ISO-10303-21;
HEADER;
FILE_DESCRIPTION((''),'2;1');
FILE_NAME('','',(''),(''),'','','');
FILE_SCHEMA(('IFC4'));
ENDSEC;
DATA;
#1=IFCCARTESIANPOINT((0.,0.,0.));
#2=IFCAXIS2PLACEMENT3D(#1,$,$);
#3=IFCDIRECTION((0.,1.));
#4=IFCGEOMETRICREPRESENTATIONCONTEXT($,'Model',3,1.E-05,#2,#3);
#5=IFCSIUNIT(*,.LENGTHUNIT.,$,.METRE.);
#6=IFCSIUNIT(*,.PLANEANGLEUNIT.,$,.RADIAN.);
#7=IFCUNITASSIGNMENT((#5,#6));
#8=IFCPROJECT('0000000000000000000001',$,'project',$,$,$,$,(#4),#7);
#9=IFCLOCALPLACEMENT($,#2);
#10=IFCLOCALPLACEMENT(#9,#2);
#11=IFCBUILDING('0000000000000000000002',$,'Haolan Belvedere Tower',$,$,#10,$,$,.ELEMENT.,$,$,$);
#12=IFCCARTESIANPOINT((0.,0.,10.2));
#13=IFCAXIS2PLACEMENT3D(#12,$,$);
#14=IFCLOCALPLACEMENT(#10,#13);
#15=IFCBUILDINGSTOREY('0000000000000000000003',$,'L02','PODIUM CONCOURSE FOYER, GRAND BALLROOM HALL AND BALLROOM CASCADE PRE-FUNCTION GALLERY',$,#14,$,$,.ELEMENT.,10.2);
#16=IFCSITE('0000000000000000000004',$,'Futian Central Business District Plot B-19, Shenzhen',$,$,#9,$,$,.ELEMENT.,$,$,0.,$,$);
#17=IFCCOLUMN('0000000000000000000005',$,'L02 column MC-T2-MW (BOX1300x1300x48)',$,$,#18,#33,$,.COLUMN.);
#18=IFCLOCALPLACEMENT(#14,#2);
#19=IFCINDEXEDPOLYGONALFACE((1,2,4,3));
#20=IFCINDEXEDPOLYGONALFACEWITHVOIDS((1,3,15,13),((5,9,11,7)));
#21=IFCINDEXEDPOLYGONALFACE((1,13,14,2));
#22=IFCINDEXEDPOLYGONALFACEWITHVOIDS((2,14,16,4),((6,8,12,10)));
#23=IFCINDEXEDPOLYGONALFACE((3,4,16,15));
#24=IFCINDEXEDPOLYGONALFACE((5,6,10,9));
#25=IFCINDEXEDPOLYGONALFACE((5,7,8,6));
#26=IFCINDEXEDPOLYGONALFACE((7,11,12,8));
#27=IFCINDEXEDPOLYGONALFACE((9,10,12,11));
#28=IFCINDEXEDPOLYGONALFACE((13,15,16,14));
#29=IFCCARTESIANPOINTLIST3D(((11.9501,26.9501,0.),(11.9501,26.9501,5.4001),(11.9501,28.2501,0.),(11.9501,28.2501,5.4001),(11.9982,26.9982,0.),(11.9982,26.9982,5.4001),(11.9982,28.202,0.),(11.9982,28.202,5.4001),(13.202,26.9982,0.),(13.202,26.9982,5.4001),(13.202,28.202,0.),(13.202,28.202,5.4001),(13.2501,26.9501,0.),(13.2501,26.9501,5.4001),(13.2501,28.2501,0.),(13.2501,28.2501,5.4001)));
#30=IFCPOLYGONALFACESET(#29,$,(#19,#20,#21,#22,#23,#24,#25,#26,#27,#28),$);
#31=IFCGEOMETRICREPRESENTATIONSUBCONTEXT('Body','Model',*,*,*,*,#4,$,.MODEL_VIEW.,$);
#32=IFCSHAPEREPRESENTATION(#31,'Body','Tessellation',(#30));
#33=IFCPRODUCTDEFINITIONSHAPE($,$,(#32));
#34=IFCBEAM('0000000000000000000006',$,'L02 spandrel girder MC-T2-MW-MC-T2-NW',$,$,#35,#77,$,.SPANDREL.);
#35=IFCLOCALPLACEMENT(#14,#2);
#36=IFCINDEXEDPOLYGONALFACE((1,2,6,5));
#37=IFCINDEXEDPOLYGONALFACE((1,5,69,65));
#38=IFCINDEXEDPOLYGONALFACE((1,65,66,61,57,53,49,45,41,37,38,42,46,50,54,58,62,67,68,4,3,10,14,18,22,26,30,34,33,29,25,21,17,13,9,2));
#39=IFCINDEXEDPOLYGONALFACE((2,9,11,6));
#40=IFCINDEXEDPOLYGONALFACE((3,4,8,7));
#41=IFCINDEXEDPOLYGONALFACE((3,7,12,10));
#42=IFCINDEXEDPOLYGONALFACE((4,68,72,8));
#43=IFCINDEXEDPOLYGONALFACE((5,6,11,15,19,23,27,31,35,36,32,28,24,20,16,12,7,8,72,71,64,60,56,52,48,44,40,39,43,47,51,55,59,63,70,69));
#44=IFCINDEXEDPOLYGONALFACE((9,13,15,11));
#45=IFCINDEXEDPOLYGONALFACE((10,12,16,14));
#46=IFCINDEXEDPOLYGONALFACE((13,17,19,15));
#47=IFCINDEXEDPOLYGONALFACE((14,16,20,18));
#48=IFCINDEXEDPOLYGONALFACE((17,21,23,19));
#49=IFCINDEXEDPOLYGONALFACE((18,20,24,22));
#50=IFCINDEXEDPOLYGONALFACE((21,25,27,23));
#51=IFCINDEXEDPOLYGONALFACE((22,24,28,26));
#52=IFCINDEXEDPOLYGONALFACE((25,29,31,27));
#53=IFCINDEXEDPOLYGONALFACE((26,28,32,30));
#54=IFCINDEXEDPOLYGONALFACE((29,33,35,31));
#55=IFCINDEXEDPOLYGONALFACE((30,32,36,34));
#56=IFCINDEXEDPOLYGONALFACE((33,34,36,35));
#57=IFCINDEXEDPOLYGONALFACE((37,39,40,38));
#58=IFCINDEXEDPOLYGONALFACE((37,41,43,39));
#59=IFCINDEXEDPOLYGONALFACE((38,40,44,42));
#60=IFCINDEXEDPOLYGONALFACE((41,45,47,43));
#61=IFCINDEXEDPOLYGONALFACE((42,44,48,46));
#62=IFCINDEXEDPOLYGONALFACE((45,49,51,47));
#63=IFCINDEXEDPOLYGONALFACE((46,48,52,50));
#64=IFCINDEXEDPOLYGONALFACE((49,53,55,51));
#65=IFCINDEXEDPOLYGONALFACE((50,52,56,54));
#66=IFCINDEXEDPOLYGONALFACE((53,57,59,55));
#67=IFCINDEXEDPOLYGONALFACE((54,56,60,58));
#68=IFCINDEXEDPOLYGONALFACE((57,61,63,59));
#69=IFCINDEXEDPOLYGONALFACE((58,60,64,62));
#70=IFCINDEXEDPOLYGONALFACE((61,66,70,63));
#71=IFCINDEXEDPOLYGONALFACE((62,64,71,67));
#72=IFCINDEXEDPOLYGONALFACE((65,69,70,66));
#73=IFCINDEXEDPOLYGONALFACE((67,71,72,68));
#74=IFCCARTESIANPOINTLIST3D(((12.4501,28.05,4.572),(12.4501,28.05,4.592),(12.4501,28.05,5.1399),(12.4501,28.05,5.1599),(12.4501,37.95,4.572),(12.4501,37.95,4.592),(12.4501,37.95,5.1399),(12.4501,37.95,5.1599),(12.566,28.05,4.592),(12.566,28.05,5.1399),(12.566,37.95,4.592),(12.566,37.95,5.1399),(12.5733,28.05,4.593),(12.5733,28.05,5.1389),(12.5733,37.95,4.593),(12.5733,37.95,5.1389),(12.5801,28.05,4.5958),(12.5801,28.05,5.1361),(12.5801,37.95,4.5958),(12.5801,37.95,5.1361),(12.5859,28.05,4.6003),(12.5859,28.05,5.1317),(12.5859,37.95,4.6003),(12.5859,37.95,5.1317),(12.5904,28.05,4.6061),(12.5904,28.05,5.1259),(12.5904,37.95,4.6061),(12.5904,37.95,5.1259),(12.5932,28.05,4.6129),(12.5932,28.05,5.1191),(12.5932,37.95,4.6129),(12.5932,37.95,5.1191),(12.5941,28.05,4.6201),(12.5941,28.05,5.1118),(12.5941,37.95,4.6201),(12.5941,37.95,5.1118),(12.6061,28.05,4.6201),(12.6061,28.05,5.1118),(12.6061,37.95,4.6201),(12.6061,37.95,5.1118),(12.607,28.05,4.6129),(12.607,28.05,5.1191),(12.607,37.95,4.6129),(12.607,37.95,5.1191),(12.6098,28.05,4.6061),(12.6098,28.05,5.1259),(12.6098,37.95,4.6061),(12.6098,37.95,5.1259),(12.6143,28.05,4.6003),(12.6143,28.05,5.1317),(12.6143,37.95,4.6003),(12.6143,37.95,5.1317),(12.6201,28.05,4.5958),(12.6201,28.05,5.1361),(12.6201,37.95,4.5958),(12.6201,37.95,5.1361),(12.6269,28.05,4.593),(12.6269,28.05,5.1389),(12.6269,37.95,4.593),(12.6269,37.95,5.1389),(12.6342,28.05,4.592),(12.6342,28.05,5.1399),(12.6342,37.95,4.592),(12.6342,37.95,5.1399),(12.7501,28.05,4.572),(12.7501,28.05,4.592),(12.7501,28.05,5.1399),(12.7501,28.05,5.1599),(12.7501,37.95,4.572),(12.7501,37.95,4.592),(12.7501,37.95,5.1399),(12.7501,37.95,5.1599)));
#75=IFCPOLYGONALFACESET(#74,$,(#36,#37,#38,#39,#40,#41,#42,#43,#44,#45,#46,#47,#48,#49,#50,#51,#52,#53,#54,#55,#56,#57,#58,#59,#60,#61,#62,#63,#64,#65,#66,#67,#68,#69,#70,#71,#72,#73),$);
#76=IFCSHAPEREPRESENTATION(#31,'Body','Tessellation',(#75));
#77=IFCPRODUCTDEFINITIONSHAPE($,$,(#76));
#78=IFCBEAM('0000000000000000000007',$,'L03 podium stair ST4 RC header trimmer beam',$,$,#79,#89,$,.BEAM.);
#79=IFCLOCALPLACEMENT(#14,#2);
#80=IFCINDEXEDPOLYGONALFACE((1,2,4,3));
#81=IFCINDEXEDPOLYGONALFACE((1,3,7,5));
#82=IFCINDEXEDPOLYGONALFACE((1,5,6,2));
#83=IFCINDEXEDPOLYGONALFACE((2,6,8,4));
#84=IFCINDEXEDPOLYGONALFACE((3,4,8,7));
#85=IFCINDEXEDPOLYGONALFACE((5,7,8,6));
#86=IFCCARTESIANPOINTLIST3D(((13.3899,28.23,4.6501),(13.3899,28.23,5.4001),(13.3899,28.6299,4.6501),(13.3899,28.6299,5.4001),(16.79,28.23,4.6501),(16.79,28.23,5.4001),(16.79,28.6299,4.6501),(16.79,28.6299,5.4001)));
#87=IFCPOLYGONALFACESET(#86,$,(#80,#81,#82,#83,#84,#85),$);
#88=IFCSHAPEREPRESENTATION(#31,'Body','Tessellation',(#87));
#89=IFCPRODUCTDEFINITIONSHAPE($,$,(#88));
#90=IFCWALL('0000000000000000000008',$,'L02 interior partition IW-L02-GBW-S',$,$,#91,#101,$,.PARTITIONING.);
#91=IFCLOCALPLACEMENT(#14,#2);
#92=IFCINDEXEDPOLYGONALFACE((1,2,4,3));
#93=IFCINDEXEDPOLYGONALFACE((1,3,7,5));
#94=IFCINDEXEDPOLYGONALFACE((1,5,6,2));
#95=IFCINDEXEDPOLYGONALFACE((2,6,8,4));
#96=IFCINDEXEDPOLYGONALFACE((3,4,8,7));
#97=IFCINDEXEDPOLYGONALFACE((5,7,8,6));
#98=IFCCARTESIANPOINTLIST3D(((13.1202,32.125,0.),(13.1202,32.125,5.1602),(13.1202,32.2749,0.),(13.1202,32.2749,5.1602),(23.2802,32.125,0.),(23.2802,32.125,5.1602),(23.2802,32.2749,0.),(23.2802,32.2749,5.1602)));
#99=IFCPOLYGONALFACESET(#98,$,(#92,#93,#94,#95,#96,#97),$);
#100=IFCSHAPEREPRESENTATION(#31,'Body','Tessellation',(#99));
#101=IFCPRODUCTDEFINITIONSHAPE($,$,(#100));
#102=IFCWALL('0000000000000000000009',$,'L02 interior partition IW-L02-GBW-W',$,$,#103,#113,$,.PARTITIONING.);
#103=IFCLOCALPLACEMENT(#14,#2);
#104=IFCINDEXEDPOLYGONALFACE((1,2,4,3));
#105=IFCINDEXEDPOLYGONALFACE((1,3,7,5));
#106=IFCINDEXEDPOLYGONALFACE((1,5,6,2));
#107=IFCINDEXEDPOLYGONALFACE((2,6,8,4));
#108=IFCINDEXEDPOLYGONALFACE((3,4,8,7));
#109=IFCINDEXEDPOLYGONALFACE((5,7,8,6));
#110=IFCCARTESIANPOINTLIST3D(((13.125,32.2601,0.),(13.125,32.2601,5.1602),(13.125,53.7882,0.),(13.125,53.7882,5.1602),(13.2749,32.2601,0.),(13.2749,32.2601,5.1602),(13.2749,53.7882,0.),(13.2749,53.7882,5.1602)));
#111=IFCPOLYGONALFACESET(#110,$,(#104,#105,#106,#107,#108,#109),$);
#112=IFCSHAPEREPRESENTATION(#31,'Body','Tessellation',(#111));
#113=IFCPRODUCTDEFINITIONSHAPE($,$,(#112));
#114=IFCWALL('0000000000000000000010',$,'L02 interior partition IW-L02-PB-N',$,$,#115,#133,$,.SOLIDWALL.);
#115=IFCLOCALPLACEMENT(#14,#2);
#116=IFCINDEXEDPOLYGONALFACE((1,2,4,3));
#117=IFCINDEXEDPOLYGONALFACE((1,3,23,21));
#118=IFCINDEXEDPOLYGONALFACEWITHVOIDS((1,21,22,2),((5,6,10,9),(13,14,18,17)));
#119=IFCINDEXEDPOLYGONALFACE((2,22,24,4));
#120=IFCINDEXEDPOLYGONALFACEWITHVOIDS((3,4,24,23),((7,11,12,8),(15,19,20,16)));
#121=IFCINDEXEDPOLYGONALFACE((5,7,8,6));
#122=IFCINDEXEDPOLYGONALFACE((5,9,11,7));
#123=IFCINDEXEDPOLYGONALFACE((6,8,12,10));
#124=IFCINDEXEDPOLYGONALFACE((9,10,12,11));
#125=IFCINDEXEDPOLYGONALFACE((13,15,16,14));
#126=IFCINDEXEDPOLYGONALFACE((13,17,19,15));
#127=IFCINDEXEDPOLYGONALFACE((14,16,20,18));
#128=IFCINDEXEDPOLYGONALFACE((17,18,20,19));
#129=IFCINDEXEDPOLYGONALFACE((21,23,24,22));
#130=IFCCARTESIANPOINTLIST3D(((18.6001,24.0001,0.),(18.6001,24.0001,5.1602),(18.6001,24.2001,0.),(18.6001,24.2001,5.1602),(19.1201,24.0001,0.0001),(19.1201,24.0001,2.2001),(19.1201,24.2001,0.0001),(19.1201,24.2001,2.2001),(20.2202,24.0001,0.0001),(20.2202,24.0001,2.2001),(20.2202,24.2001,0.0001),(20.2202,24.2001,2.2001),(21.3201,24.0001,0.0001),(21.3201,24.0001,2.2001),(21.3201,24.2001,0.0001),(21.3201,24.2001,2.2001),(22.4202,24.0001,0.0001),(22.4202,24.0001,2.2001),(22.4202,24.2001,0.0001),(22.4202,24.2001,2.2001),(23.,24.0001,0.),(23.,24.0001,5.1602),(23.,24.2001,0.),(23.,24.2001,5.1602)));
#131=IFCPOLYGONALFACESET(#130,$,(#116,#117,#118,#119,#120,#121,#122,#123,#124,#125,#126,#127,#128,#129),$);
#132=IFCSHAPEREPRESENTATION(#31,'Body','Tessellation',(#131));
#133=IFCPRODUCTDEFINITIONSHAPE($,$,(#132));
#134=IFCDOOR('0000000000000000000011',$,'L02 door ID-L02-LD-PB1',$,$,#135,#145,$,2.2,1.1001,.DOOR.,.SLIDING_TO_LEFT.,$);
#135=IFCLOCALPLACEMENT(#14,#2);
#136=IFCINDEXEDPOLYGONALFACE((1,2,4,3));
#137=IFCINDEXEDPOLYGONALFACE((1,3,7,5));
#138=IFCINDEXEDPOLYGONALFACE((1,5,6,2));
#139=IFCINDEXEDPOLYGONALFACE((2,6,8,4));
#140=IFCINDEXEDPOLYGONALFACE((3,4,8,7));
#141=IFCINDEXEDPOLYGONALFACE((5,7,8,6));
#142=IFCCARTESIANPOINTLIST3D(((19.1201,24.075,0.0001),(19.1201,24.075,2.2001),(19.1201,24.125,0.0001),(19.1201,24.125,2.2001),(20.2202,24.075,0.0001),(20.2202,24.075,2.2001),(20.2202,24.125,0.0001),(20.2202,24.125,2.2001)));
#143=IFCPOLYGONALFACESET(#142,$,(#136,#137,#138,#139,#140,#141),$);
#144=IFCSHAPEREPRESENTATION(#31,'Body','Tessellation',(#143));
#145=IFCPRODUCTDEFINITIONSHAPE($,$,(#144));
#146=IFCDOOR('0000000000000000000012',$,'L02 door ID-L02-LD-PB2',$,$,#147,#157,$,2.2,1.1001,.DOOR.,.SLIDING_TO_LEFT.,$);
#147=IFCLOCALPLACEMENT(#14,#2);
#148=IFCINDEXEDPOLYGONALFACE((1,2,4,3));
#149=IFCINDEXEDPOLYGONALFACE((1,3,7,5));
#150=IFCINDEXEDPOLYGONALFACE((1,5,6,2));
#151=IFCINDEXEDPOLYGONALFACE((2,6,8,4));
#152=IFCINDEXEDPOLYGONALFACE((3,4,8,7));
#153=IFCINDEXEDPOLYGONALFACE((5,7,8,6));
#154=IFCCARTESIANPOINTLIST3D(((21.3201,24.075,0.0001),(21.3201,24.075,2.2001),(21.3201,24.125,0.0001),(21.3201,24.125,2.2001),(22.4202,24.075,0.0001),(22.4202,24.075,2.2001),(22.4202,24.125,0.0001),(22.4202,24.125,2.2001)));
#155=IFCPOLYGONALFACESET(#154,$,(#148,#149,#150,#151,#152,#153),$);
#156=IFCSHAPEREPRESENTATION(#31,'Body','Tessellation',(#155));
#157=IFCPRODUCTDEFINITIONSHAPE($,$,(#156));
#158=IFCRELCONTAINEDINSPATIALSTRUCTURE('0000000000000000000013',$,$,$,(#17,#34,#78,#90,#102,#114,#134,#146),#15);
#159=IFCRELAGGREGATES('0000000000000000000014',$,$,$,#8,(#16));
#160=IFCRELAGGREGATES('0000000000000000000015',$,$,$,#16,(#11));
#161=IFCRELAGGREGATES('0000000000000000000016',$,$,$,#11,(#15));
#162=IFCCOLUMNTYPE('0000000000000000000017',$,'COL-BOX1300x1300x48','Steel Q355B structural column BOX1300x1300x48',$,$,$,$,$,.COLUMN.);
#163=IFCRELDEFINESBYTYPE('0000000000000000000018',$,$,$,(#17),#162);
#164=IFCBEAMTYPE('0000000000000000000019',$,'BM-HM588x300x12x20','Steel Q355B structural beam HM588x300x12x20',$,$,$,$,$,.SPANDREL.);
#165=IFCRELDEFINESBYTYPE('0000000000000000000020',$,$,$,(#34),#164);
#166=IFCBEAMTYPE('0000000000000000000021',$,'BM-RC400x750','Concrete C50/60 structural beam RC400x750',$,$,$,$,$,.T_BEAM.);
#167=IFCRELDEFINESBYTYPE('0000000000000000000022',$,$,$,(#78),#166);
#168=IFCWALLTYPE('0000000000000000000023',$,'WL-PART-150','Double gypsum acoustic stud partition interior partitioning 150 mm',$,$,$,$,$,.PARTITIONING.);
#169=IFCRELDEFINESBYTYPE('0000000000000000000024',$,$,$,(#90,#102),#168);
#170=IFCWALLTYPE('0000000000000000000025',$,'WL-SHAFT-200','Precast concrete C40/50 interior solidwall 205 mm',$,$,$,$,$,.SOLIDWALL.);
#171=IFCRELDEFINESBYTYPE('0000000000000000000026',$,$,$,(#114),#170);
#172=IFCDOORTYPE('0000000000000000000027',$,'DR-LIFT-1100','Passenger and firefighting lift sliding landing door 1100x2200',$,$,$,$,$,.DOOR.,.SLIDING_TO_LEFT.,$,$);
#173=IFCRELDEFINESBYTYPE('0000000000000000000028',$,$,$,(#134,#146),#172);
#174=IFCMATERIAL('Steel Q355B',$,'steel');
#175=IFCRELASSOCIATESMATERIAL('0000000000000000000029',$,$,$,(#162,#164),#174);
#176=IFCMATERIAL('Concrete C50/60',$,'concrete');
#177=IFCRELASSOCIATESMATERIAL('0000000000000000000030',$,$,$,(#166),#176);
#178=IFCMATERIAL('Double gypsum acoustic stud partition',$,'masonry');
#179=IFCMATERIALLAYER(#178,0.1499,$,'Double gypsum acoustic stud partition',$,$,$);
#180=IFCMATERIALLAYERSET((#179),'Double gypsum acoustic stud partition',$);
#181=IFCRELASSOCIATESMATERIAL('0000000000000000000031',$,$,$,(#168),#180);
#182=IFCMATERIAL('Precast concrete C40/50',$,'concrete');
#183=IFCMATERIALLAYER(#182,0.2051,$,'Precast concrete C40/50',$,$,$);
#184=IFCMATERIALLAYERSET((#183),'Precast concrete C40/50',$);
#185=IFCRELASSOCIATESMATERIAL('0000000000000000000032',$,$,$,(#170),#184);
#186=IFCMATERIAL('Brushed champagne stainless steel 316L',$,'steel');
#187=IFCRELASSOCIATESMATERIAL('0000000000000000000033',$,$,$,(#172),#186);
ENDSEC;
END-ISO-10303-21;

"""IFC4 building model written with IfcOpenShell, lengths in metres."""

from ifc_helpers import new_model, si_unit, direction, frame, frame_2d, origin, origin_2d, place, context, subcontext, project, spatial, rectangle, hollow_rectangle, i_section, extrude, material, layer, layer_set, material_profile, profile_set, type_object, element, fill, save


model = new_model("IFC4")

# Units and contexts
model_context = context("Model", 3, precision=1e-05, world=origin(), true_north=direction((0.0, 1.0)))
body_context = subcontext(model_context, "Body", "Model", "MODEL_VIEW")
ifc_project = project(units=[si_unit("LENGTHUNIT", "METRE"), si_unit("PLANEANGLEUNIT", "RADIAN")], contexts=[model_context])

# Site, building, storey
site_placement = place(None, origin())
site = spatial("IfcSite", under=ifc_project, at=site_placement, Name="Futian Central Business District Plot B-19, Shenzhen", CompositionType="ELEMENT", RefElevation=0.0)
building_placement = place(site_placement, origin())
building = spatial("IfcBuilding", under=site, at=building_placement, Name="Haolan Belvedere Tower", CompositionType="ELEMENT")
storey_placement = place(building_placement, frame((0.0, 0.0, 10.2)))
storey = spatial("IfcBuildingStorey", under=building, at=storey_placement, Name="L02", Description="PODIUM CONCOURSE FOYER, GRAND BALLROOM HALL AND BALLROOM CASCADE PRE-FUNCTION GALLERY", CompositionType="ELEMENT", Elevation=10.2)

# Column
ifc_material_1 = material(Name="Steel Q355B", Category="steel")
ifc_material_profile_1 = material_profile(ifc_material_1, hollow_rectangle(XDim=1.3, YDim=1.3, WallThickness=0.0481, at=origin_2d()), Name="Steel Q355B")
ifc_profile_set_1 = profile_set([ifc_material_profile_1], Name="Steel Q355B")
column_type = type_object("IfcColumnType", Name="COL-BOX1300x1300x48", Description="Steel Q355B structural column BOX1300x1300x48", PredefinedType="COLUMN", material=ifc_profile_set_1)
column_placement = place(storey_placement, frame((12.6001, 27.6001, 0.0), z_axis=(0.0, 0.0, 1.0), x_axis=(1.0, 0.0, 0.0)))
element("IfcColumn", 1, at=column_placement, inside=storey, type_object=column_type, Name="L02 column MC-T2-MW (BOX1300x1300x48)", PredefinedType="COLUMN", context=body_context, shape_type="SweptSolid", body=[
    extrude(hollow_rectangle(XDim=1.3, YDim=1.3, WallThickness=0.0481, at=origin_2d()), origin(), (0.0, 0.0, 1.0), 5.4001),
])

# Beams
ifc_material_profile_2 = material_profile(ifc_material_1, i_section(OverallWidth=0.3, OverallDepth=0.5879, WebThickness=0.012, FlangeThickness=0.02, FilletRadius=0.0281, at=origin_2d()), Name="Steel Q355B")
ifc_profile_set_2 = profile_set([ifc_material_profile_2], Name="Steel Q355B")
beam_type_1 = type_object("IfcBeamType", Name="BM-HM588x300x12x20", Description="Steel Q355B structural beam HM588x300x12x20", PredefinedType="SPANDREL", material=ifc_profile_set_2)
beam_1_placement = place(storey_placement, frame((12.6001, 28.05, 4.866), z_axis=(0.0, 1.0, 0.0), x_axis=(-1.0, 0.0, 0.0)))
element("IfcBeam", 2, at=beam_1_placement, inside=storey, type_object=beam_type_1, Name="L02 spandrel girder MC-T2-MW-MC-T2-NW", PredefinedType="SPANDREL", context=body_context, shape_type="SweptSolid", body=[
    extrude(i_section(OverallWidth=0.3, OverallDepth=0.5879, WebThickness=0.012, FlangeThickness=0.02, FilletRadius=0.0281, at=origin_2d()), origin(), (0.0, 0.0, 1.0), 9.8999),
])
ifc_material_2 = material(Name="Concrete C50/60", Category="concrete")
ifc_material_profile_3 = material_profile(ifc_material_2, rectangle(XDim=0.3999, YDim=0.75, at=origin_2d()), Name="Concrete C50/60")
ifc_profile_set_3 = profile_set([ifc_material_profile_3], Name="Concrete C50/60")
beam_type_2 = type_object("IfcBeamType", Name="BM-RC400x750", Description="Concrete C50/60 structural beam RC400x750", PredefinedType="T_BEAM", material=ifc_profile_set_3)
beam_2_placement = place(storey_placement, frame((13.3899, 28.4299, 5.0251), z_axis=(1.0, 0.0, 0.0), x_axis=(0.0, 1.0, 0.0)))
element("IfcBeam", 3, at=beam_2_placement, inside=storey, type_object=beam_type_2, Name="L03 podium stair ST4 RC header trimmer beam", PredefinedType="BEAM", context=body_context, shape_type="SweptSolid", body=[
    extrude(rectangle(XDim=0.3999, YDim=0.75, at=origin_2d()), origin(), (0.0, 0.0, 1.0), 3.4001),
])

# Walls
ifc_material_3 = material(Name="Double gypsum acoustic stud partition", Category="masonry")
ifc_layer_1 = layer(ifc_material_3, 0.1499, Name="Double gypsum acoustic stud partition")
ifc_layer_set_1 = layer_set([ifc_layer_1], Name="Double gypsum acoustic stud partition")
wall_type_1 = type_object("IfcWallType", Name="WL-PART-150", Description="Double gypsum acoustic stud partition interior partitioning 150 mm", PredefinedType="PARTITIONING", material=ifc_layer_set_1)
wall_1_placement = place(storey_placement, frame((13.1201, 32.2, 0.0), z_axis=(0.0, 0.0, 1.0), x_axis=(1.0, 0.0, 0.0)))
element("IfcWall", 4, at=wall_1_placement, inside=storey, type_object=wall_type_1, Name="L02 interior partition IW-L02-GBW-S", PredefinedType="PARTITIONING", context=body_context, shape_type="SweptSolid", body=[
    extrude(rectangle(XDim=10.1599, YDim=0.1499, at=frame_2d((5.0801, 0.0))), origin(), (0.0, 0.0, 1.0), 5.1602),
])
wall_2_placement = place(storey_placement, frame((13.2, 32.26, 0.0), z_axis=(0.0, 0.0, 1.0), x_axis=(0.0, 1.0, 0.0)))
element("IfcWall", 5, at=wall_2_placement, inside=storey, type_object=wall_type_1, Name="L02 interior partition IW-L02-GBW-W", PredefinedType="PARTITIONING", context=body_context, shape_type="SweptSolid", body=[
    extrude(rectangle(XDim=21.5281, YDim=0.1499, at=frame_2d((10.7642, 0.0))), origin(), (0.0, 0.0, 1.0), 5.1602),
])

# Wall, openings, doors
ifc_material_4 = material(Name="Precast concrete C40/50", Category="concrete")
ifc_layer_2 = layer(ifc_material_4, 0.2051, Name="Precast concrete C40/50")
ifc_layer_set_2 = layer_set([ifc_layer_2], Name="Precast concrete C40/50")
wall_type_2 = type_object("IfcWallType", Name="WL-SHAFT-200", Description="Precast concrete C40/50 interior solidwall 205 mm", PredefinedType="SOLIDWALL", material=ifc_layer_set_2)
wall_3_placement = place(storey_placement, frame((18.6001, 24.1001, 0.0), z_axis=(0.0, 0.0, 1.0), x_axis=(1.0, 0.0, 0.0)))
wall_3 = element("IfcWall", 6, at=wall_3_placement, inside=storey, type_object=wall_type_2, Name="L02 interior partition IW-L02-PB-N", PredefinedType="SOLIDWALL", context=body_context, shape_type="SweptSolid", body=[
    extrude(rectangle(XDim=4.3999, YDim=0.2, at=frame_2d((2.2, 0.0))), origin(), (0.0, 0.0, 1.0), 5.1602),
])
opening_1_placement = place(wall_3_placement, frame((0.52, 0.0, 0.0)))
opening_1 = element("IfcOpeningElement", 7, at=opening_1_placement, cuts=wall_3, PredefinedType="OPENING", context=body_context, shape_type="SweptSolid", body=[
    extrude(rectangle(XDim=1.1001, YDim=2.2, at=frame_2d((0.55, 1.1001))), frame((0.0, 0.1099, 0.0), z_axis=(0.0, -1.0, 0.0), x_axis=(1.0, 0.0, 0.0)), (0.0, 0.0, 1.0), 0.22),
])
opening_2_placement = place(wall_3_placement, frame((2.72, 0.0, 0.0)))
opening_2 = element("IfcOpeningElement", 8, at=opening_2_placement, cuts=wall_3, PredefinedType="OPENING", context=body_context, shape_type="SweptSolid", body=[
    extrude(rectangle(XDim=1.1001, YDim=2.2, at=frame_2d((0.55, 1.1001))), frame((0.0, 0.1099, 0.0), z_axis=(0.0, -1.0, 0.0), x_axis=(1.0, 0.0, 0.0)), (0.0, 0.0, 1.0), 0.22),
])
ifc_material_5 = material(Name="Brushed champagne stainless steel 316L", Category="steel")
door_type_1 = type_object("IfcDoorType", Name="DR-LIFT-1100", Description="Passenger and firefighting lift sliding landing door 1100x2200", OperationType="SLIDING_TO_LEFT", PredefinedType="DOOR", material=ifc_material_5)
door_1_placement = place(opening_1_placement, origin())
door_1 = element("IfcDoor", 9, at=door_1_placement, inside=storey, type_object=door_type_1, Name="L02 door ID-L02-LD-PB1", OperationType="SLIDING_TO_LEFT", OverallHeight=2.2, OverallWidth=1.1001, PredefinedType="DOOR", context=body_context, shape_type="SweptSolid", body=[
    extrude(rectangle(XDim=1.1001, YDim=2.2, at=frame_2d((0.55, 1.1001))), frame((0.0, 0.0249, 0.0), z_axis=(0.0, -1.0, 0.0), x_axis=(1.0, 0.0, 0.0)), (0.0, 0.0, 1.0), 0.05),
])
fill(opening_1, door_1)
door_2_placement = place(opening_2_placement, origin())
door_2 = element("IfcDoor", 10, at=door_2_placement, inside=storey, type_object=door_type_1, Name="L02 door ID-L02-LD-PB2", OperationType="SLIDING_TO_LEFT", OverallHeight=2.2, OverallWidth=1.1001, PredefinedType="DOOR", context=body_context, shape_type="SweptSolid", body=[
    extrude(rectangle(XDim=1.1001, YDim=2.2, at=frame_2d((0.55, 1.1001))), frame((0.0, 0.0249, 0.0), z_axis=(0.0, -1.0, 0.0), x_axis=(1.0, 0.0, 0.0)), (0.0, 0.0, 1.0), 0.05),
])
fill(opening_2, door_2)

save(model, "model.ifc")
